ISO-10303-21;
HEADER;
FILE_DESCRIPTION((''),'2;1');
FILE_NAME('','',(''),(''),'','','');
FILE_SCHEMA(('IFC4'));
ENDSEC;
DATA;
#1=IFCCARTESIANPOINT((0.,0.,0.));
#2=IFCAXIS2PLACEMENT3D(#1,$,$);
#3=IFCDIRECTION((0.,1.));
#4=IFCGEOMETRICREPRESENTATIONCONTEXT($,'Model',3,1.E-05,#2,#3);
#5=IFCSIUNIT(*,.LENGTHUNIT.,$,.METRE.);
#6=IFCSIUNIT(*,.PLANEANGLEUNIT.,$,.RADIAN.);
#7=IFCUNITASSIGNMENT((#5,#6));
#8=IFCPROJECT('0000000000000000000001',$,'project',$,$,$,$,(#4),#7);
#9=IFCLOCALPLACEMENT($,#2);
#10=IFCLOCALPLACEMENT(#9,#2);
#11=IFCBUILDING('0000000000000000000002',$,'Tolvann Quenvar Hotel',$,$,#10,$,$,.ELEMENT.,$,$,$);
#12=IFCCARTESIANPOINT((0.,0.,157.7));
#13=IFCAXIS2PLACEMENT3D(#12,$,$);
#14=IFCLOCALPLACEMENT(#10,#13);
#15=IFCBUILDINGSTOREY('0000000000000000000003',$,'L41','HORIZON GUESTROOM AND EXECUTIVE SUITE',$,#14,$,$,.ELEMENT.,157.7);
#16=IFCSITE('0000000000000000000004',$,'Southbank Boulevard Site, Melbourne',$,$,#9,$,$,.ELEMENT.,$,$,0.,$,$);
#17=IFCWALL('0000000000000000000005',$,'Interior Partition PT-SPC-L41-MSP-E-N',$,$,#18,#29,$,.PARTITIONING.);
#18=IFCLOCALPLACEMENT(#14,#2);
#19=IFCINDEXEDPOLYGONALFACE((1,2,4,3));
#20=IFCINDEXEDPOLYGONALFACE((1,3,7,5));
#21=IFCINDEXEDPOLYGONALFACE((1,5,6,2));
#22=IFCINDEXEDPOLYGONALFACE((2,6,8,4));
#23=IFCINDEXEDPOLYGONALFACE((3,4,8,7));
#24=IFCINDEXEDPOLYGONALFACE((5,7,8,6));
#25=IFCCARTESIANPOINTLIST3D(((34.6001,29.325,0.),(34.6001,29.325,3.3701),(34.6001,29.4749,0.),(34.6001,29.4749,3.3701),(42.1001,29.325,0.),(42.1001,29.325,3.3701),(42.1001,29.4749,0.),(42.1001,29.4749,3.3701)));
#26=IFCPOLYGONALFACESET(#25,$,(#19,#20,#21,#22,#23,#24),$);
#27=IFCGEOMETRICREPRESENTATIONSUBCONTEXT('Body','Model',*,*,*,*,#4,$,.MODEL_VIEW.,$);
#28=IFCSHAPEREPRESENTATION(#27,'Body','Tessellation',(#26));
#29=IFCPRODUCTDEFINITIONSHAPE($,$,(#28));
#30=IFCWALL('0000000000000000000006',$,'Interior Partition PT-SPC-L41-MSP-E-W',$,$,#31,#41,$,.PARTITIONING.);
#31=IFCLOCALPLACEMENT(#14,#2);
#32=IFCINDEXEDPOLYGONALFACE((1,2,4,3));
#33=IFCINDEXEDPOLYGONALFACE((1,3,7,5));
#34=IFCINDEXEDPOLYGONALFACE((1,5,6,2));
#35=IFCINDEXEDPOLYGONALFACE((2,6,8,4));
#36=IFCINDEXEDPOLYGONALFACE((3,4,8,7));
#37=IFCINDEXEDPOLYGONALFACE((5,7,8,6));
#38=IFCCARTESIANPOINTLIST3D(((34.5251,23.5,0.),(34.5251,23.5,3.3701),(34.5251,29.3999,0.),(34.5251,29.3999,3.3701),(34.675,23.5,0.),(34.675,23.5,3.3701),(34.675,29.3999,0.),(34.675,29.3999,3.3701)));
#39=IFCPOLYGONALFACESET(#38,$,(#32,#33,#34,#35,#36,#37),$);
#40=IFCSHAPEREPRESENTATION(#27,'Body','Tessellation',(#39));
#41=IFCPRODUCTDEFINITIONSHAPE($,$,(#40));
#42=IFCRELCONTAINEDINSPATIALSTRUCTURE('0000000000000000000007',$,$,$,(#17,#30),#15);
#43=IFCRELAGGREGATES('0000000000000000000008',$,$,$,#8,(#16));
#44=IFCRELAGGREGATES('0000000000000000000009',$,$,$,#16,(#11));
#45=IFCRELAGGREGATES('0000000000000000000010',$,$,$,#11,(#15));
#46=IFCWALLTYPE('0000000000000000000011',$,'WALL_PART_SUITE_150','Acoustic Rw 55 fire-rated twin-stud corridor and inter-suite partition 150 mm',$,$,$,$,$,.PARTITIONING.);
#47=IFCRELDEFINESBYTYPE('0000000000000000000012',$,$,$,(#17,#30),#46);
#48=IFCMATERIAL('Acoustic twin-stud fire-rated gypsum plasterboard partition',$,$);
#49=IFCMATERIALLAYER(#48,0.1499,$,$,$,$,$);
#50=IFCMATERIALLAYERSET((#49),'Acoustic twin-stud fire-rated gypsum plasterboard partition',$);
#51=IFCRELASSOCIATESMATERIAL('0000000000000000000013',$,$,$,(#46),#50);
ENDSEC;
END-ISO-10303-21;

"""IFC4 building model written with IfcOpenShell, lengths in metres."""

from ifc_helpers import new_model, si_unit, direction, frame, frame_2d, origin, place, context, subcontext, project, spatial, rectangle, extrude, material, layer, layer_set, type_object, element, save


model = new_model("IFC4")

# Units and contexts
model_context = context("Model", 3, precision=1e-05, world=origin(), true_north=direction((0.0, 1.0)))
body_context = subcontext(model_context, "Body", "Model", "MODEL_VIEW")
ifc_project = project(units=[si_unit("LENGTHUNIT", "METRE"), si_unit("PLANEANGLEUNIT", "RADIAN")], contexts=[model_context])

# Site, building, storey
site_placement = place(None, origin())
site = spatial("IfcSite", under=ifc_project, at=site_placement, Name="Southbank Boulevard Site, Melbourne", CompositionType="ELEMENT", RefElevation=0.0)
building_placement = place(site_placement, origin())
building = spatial("IfcBuilding", under=site, at=building_placement, Name="Tolvann Quenvar Hotel", CompositionType="ELEMENT")
storey_placement = place(building_placement, frame((0.0, 0.0, 157.7)))
storey = spatial("IfcBuildingStorey", under=building, at=storey_placement, Name="L41", Description="HORIZON GUESTROOM AND EXECUTIVE SUITE", CompositionType="ELEMENT", Elevation=157.7)

# Shared definitions
ifc_material_1 = material(Name="Acoustic twin-stud fire-rated gypsum plasterboard partition")
ifc_layer_1 = layer(ifc_material_1, 0.1499)
ifc_layer_set_1 = layer_set([ifc_layer_1], Name="Acoustic twin-stud fire-rated gypsum plasterboard partition")
wall_type_1 = type_object("IfcWallType", Name="WALL_PART_SUITE_150", Description="Acoustic Rw 55 fire-rated twin-stud corridor and inter-suite partition 150 mm", PredefinedType="PARTITIONING", material=ifc_layer_set_1)

# Walls
wall_1_placement = place(storey_placement, frame((34.6001, 29.3999, 0.0), z_axis=(0.0, 0.0, 1.0), x_axis=(1.0, 0.0, 0.0)))
element("IfcWall", 1, at=wall_1_placement, inside=storey, type_object=wall_type_1, Name="Interior Partition PT-SPC-L41-MSP-E-N", PredefinedType="PARTITIONING", context=body_context, shape_type="SweptSolid", body=[
    extrude(rectangle(XDim=7.5, YDim=0.1499, at=frame_2d((3.75, 0.0))), origin(), (0.0, 0.0, 1.0), 3.3701),
])
wall_2_placement = place(storey_placement, frame((34.6001, 23.5, 0.0), z_axis=(0.0, 0.0, 1.0), x_axis=(0.0, 1.0, 0.0)))
element("IfcWall", 2, at=wall_2_placement, inside=storey, type_object=wall_type_1, Name="Interior Partition PT-SPC-L41-MSP-E-W", PredefinedType="PARTITIONING", context=body_context, shape_type="SweptSolid", body=[
    extrude(rectangle(XDim=5.8999, YDim=0.1499, at=frame_2d((2.95, 0.0))), origin(), (0.0, 0.0, 1.0), 3.3701),
])

save(model, "model.ifc")
